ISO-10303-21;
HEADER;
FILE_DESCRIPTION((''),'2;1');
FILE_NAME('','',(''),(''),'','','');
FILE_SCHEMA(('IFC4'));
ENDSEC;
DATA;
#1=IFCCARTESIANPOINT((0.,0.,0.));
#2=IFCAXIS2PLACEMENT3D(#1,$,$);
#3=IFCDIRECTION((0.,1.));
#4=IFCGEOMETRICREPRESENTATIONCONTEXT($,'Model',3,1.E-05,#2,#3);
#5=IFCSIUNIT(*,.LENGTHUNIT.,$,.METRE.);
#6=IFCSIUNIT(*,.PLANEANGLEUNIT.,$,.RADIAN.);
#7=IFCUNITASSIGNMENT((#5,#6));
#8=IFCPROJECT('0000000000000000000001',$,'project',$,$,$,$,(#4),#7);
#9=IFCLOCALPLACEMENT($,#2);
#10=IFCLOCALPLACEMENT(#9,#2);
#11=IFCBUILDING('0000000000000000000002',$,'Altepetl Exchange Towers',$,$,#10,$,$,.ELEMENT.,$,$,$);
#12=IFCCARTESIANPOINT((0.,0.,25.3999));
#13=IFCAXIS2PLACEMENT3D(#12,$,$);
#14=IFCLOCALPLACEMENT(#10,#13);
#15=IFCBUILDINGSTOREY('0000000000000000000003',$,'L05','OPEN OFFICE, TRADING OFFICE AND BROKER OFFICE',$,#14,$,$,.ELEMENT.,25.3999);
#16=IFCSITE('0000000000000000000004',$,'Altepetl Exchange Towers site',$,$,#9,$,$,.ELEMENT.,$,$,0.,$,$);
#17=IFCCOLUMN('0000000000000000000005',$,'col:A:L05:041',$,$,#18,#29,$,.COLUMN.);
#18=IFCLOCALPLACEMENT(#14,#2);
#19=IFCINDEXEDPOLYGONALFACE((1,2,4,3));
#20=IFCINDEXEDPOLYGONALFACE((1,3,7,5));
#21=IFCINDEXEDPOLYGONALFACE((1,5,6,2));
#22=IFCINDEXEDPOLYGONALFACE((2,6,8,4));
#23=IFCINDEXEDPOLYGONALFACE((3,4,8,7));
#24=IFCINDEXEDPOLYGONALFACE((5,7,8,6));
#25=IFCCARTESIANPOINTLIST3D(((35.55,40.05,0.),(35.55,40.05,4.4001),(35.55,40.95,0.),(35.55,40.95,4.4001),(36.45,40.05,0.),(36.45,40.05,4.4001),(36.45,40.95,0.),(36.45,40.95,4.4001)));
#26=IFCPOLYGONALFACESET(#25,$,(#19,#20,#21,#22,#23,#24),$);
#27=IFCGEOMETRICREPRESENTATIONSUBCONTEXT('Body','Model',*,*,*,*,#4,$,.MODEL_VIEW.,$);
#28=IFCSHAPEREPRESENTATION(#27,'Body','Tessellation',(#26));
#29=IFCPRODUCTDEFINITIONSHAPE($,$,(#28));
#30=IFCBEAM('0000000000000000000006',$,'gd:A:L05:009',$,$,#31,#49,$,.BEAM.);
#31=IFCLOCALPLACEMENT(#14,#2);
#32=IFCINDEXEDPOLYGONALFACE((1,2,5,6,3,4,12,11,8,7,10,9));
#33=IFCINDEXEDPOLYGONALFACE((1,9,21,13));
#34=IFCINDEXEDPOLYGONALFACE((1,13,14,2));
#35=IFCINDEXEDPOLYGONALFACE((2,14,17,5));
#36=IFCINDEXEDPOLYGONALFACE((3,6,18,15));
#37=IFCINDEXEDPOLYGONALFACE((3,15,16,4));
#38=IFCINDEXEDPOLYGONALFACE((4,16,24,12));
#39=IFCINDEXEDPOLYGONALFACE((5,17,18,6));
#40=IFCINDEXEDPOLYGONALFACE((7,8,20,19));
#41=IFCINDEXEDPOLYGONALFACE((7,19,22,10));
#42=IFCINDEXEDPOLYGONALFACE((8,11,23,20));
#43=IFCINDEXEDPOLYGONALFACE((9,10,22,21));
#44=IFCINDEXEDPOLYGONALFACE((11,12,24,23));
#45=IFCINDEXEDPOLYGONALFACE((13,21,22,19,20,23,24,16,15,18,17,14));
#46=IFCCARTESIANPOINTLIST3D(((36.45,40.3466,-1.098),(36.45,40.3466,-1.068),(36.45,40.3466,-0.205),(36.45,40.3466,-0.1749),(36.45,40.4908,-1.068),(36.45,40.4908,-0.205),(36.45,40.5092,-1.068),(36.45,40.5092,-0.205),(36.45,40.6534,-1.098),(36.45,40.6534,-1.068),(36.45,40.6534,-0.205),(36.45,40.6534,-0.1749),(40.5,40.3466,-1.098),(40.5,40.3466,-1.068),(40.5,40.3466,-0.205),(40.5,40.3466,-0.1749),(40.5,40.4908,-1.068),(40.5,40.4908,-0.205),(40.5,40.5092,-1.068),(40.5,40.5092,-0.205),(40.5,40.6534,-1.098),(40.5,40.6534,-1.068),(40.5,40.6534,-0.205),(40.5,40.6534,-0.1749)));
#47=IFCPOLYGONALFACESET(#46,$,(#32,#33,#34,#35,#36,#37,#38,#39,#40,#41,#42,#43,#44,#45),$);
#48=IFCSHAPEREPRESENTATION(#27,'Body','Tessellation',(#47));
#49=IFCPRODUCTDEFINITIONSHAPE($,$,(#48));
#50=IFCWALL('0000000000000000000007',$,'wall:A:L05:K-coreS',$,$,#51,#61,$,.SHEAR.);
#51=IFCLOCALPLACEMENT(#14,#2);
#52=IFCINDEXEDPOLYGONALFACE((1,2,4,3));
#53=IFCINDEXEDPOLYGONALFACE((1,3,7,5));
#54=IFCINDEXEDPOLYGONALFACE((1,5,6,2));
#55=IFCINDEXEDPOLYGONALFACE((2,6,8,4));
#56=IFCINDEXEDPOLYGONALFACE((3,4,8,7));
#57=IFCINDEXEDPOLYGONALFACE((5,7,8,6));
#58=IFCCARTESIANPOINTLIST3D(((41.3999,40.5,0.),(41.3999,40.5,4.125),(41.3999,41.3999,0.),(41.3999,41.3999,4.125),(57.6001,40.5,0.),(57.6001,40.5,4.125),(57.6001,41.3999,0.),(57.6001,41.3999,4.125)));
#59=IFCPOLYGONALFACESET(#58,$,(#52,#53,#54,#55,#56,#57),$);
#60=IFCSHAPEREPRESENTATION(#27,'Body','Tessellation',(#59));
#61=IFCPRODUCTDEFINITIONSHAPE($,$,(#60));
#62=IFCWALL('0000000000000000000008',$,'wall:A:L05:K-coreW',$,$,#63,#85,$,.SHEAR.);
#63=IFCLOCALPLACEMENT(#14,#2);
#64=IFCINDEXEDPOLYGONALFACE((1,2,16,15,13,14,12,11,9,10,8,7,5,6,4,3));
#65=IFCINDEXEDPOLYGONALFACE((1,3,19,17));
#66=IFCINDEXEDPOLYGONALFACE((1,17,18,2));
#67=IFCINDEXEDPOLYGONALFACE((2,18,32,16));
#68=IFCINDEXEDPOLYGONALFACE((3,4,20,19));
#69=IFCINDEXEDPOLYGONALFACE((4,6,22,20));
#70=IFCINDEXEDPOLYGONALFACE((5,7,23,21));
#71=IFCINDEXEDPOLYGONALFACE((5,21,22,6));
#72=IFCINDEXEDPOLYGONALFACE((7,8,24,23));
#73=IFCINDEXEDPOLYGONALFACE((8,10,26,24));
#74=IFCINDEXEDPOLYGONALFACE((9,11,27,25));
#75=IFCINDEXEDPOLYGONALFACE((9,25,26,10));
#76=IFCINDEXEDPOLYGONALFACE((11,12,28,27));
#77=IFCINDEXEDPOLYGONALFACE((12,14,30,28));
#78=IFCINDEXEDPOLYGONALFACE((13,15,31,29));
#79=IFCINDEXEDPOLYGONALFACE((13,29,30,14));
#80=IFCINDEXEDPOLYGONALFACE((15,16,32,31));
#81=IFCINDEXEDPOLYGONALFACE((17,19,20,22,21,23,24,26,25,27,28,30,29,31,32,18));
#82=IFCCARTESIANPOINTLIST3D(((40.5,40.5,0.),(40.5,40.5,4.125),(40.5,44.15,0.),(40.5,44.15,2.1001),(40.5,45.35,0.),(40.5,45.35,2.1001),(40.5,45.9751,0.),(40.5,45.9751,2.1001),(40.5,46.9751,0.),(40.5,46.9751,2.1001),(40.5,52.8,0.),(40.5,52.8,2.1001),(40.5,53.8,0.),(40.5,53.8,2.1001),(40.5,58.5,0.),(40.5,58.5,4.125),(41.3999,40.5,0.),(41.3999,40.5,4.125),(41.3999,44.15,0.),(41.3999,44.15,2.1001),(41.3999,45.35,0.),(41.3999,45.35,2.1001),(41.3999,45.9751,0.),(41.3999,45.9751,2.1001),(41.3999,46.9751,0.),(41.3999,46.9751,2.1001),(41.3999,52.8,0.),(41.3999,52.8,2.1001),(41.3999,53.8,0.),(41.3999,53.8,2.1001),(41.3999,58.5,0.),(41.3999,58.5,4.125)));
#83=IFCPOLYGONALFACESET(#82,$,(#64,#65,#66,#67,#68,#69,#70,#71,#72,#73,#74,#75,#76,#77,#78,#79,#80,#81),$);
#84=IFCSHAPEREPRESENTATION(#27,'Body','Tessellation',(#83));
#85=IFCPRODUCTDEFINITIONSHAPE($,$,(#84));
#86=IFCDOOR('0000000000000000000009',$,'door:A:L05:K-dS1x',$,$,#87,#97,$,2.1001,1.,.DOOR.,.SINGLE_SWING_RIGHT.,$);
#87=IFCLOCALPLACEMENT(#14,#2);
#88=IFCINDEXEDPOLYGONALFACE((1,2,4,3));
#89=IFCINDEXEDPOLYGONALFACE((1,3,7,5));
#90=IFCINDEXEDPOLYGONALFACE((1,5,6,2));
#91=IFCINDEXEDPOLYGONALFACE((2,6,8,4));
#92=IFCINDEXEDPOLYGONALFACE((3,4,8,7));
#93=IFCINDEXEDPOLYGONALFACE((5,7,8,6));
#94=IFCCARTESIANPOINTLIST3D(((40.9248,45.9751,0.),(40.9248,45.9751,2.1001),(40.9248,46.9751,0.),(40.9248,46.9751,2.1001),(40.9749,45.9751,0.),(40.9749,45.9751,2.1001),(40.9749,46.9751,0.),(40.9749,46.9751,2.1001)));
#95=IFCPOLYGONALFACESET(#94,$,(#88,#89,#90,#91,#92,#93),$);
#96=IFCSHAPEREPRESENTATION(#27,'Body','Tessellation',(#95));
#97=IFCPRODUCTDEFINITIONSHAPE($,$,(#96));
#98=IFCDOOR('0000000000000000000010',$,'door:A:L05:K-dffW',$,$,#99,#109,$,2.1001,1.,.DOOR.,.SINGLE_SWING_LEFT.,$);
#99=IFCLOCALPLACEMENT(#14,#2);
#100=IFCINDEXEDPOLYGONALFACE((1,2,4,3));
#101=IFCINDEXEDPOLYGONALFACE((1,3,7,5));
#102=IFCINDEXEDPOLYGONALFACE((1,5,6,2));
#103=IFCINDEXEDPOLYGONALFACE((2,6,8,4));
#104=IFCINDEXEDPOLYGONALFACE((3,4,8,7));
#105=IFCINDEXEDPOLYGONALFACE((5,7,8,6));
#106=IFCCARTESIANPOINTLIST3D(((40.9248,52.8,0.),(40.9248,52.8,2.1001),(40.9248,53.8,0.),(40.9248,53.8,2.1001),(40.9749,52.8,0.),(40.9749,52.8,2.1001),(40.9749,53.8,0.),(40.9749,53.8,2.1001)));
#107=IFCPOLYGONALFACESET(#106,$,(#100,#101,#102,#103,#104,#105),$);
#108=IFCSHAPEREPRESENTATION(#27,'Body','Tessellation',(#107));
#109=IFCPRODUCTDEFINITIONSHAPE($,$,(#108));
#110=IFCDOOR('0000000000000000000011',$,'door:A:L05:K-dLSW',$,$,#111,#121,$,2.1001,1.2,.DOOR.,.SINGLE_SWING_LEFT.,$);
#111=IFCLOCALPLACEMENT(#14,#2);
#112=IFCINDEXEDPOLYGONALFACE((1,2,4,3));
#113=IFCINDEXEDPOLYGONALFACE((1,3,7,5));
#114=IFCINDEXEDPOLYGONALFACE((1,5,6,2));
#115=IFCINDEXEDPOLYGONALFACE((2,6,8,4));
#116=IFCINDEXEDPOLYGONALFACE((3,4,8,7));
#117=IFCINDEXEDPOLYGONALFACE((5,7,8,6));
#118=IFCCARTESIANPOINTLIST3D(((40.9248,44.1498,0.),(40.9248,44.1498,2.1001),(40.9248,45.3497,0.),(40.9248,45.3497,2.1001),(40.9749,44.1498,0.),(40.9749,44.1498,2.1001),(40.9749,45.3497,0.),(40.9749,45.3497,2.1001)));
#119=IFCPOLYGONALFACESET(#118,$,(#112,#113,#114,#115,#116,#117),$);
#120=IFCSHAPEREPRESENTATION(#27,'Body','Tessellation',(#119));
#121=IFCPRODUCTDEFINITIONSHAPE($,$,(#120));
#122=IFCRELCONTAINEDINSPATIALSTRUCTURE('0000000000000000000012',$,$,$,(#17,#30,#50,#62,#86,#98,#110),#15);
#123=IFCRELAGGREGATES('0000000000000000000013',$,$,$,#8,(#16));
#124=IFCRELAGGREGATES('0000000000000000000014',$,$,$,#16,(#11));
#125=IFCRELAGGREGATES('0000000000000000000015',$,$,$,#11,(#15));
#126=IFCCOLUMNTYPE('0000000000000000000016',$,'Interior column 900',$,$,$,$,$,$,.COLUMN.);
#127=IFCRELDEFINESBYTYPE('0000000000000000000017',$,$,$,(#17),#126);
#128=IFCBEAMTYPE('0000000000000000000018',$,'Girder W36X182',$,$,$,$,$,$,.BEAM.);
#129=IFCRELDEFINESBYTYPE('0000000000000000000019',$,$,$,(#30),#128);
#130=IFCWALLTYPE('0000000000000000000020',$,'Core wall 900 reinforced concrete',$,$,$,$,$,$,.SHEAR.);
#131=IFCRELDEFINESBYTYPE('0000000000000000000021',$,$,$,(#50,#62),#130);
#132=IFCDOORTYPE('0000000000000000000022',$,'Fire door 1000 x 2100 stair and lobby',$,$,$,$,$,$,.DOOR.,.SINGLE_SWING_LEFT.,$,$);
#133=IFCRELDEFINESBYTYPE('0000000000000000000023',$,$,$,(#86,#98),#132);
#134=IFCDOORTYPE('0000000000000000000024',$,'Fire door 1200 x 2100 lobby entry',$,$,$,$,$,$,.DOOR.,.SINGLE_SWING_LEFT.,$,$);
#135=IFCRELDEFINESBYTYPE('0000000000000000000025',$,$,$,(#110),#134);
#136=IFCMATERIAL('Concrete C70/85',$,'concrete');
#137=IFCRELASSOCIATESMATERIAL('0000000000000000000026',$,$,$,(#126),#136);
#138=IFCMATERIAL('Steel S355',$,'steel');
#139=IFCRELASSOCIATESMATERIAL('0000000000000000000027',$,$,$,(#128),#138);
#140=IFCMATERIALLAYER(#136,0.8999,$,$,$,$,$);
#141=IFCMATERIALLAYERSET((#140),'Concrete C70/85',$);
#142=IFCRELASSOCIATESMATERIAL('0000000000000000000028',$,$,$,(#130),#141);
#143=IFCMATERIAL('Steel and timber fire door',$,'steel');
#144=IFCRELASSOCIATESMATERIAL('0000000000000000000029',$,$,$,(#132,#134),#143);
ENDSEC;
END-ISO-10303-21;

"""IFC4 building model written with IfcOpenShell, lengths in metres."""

from ifc_helpers import new_model, si_unit, direction, frame, frame_2d, origin, origin_2d, place, context, subcontext, project, spatial, rectangle, i_section, extrude, material, layer, layer_set, material_profile, profile_set, type_object, element, fill, save


model = new_model("IFC4")

# Units and contexts
model_context = context("Model", 3, precision=1e-05, world=origin(), true_north=direction((0.0, 1.0)))
body_context = subcontext(model_context, "Body", "Model", "MODEL_VIEW")
ifc_project = project(units=[si_unit("LENGTHUNIT", "METRE"), si_unit("PLANEANGLEUNIT", "RADIAN")], contexts=[model_context])

# Site, building, storey
site_placement = place(None, origin())
site = spatial("IfcSite", under=ifc_project, at=site_placement, Name="Altepetl Exchange Towers site", CompositionType="ELEMENT", RefElevation=0.0)
building_placement = place(site_placement, origin())
building = spatial("IfcBuilding", under=site, at=building_placement, Name="Altepetl Exchange Towers", CompositionType="ELEMENT")
storey_placement = place(building_placement, frame((0.0, 0.0, 25.3999)))
storey = spatial("IfcBuildingStorey", under=building, at=storey_placement, Name="L05", Description="OPEN OFFICE, TRADING OFFICE AND BROKER OFFICE", CompositionType="ELEMENT", Elevation=25.3999)

# Column
ifc_material_1 = material(Name="Concrete C70/85", Category="concrete")
ifc_material_profile_1 = material_profile(ifc_material_1, rectangle(XDim=0.8999, YDim=0.8999, at=origin_2d()), Name="900 x 900")
ifc_profile_set_1 = profile_set([ifc_material_profile_1], Name="Concrete C70/85")
column_type = type_object("IfcColumnType", Name="Interior column 900", PredefinedType="COLUMN", material=ifc_profile_set_1)
column_placement = place(storey_placement, frame((36.0, 40.5, 0.0)))
element("IfcColumn", 1, at=column_placement, inside=storey, type_object=column_type, Name="col:A:L05:041", PredefinedType="COLUMN", context=body_context, shape_type="SweptSolid", body=[
    extrude(rectangle(XDim=0.8999, YDim=0.8999, at=origin_2d()), origin(), (0.0, 0.0, 1.0), 4.4001),
])

# Beam
ifc_material_2 = material(Name="Steel S355", Category="steel")
ifc_material_profile_2 = material_profile(ifc_material_2, i_section(OverallWidth=0.3069, OverallDepth=0.9231, WebThickness=0.0183, FlangeThickness=0.03, at=origin_2d()), Name="W36X182")
ifc_profile_set_2 = profile_set([ifc_material_profile_2], Name="Steel S355")
beam_type = type_object("IfcBeamType", Name="Girder W36X182", PredefinedType="BEAM", material=ifc_profile_set_2)
beam_placement = place(storey_placement, frame((40.5, 40.5, -0.6365), z_axis=(-1.0, 0.0, 0.0), x_axis=(0.0, -1.0, 0.0)))
element("IfcBeam", 2, at=beam_placement, inside=storey, type_object=beam_type, Name="gd:A:L05:009", PredefinedType="BEAM", context=body_context, shape_type="SweptSolid", body=[
    extrude(i_section(OverallWidth=0.3069, OverallDepth=0.9231, WebThickness=0.0183, FlangeThickness=0.03, at=origin_2d()), origin(), (0.0, 0.0, 1.0), 4.05),
])

# Wall
ifc_layer_1 = layer(ifc_material_1, 0.8999)
ifc_layer_set_1 = layer_set([ifc_layer_1], Name="Concrete C70/85")
wall_type_1 = type_object("IfcWallType", Name="Core wall 900 reinforced concrete", PredefinedType="SHEAR", material=ifc_layer_set_1)
wall_1_placement = place(storey_placement, frame((41.3999, 40.95, 0.0)))
element("IfcWall", 3, at=wall_1_placement, inside=storey, type_object=wall_type_1, Name="wall:A:L05:K-coreS", PredefinedType="SHEAR", context=body_context, shape_type="SweptSolid", body=[
    extrude(rectangle(XDim=16.2002, YDim=0.8999, at=frame_2d((8.1001, 0.0))), origin(), (0.0, 0.0, 1.0), 4.125),
])

# Wall, openings, doors
wall_2_placement = place(storey_placement, frame((40.95, 40.5, 0.0), z_axis=(0.0, 0.0, 1.0), x_axis=(0.0, 1.0, 0.0)))
wall_2 = element("IfcWall", 4, at=wall_2_placement, inside=storey, type_object=wall_type_1, Name="wall:A:L05:K-coreW", PredefinedType="SHEAR", context=body_context, shape_type="SweptSolid", body=[
    extrude(rectangle(XDim=18.0, YDim=0.8999, at=frame_2d((9.0, 0.0))), origin(), (0.0, 0.0, 1.0), 4.125),
])
opening_1_placement = place(wall_2_placement, frame((3.6499, 0.0, 0.0)))
opening_1 = element("IfcOpeningElement", 5, at=opening_1_placement, cuts=wall_2, PredefinedType="OPENING", context=body_context, shape_type="SweptSolid", body=[
    extrude(rectangle(XDim=1.2, YDim=2.1001, at=frame_2d((0.6001, 1.05))), frame((0.0, 0.46, 0.0), z_axis=(0.0, -1.0, 0.0), x_axis=(1.0, 0.0, 0.0)), (0.0, 0.0, 1.0), 0.9199),
])
opening_2_placement = place(wall_2_placement, frame((5.4751, 0.0, 0.0)))
opening_2 = element("IfcOpeningElement", 6, at=opening_2_placement, cuts=wall_2, PredefinedType="OPENING", context=body_context, shape_type="SweptSolid", body=[
    extrude(rectangle(XDim=1.0, YDim=2.1001, at=frame_2d((0.5, 1.05))), frame((0.0, 0.46, 0.0), z_axis=(0.0, -1.0, 0.0), x_axis=(1.0, 0.0, 0.0)), (0.0, 0.0, 1.0), 0.9199),
])
opening_3_placement = place(wall_2_placement, frame((12.3, 0.0, 0.0)))
opening_3 = element("IfcOpeningElement", 7, at=opening_3_placement, cuts=wall_2, PredefinedType="OPENING", context=body_context, shape_type="SweptSolid", body=[
    extrude(rectangle(XDim=1.0, YDim=2.1001, at=frame_2d((0.5, 1.05))), frame((0.0, 0.46, 0.0), z_axis=(0.0, -1.0, 0.0), x_axis=(1.0, 0.0, 0.0)), (0.0, 0.0, 1.0), 0.9199),
])
ifc_material_3 = material(Name="Steel and timber fire door", Category="steel")
door_type_1 = type_object("IfcDoorType", Name="Fire door 1000 x 2100 stair and lobby", OperationType="SINGLE_SWING_LEFT", PredefinedType="DOOR", material=ifc_material_3)
door_1_placement = place(opening_2_placement, frame((1.0, 0.0, 0.0), x_axis=(-1.0, 0.0, 0.0)))
door_1 = element("IfcDoor", 8, at=door_1_placement, inside=storey, type_object=door_type_1, Name="door:A:L05:K-dS1x", OperationType="SINGLE_SWING_RIGHT", OverallHeight=2.1001, OverallWidth=1.0, PredefinedType="DOOR", context=body_context, shape_type="SweptSolid", body=[
    extrude(rectangle(XDim=1.0, YDim=2.1001, at=frame_2d((0.5, 1.05))), frame((0.0, 0.0249, 0.0), z_axis=(0.0, -1.0, 0.0), x_axis=(1.0, 0.0, 0.0)), (0.0, 0.0, 1.0), 0.05),
])
fill(opening_2, door_1)
door_2_placement = place(opening_3_placement, frame((1.0, 0.0, 0.0), x_axis=(-1.0, 0.0, 0.0)))
door_2 = element("IfcDoor", 9, at=door_2_placement, inside=storey, type_object=door_type_1, Name="door:A:L05:K-dffW", OperationType="SINGLE_SWING_LEFT", OverallHeight=2.1001, OverallWidth=1.0, PredefinedType="DOOR", context=body_context, shape_type="SweptSolid", body=[
    extrude(rectangle(XDim=1.0, YDim=2.1001, at=frame_2d((0.5, 1.05))), frame((0.0, 0.0249, 0.0), z_axis=(0.0, -1.0, 0.0), x_axis=(1.0, 0.0, 0.0)), (0.0, 0.0, 1.0), 0.05),
])
fill(opening_3, door_2)
door_type_2 = type_object("IfcDoorType", Name="Fire door 1200 x 2100 lobby entry", OperationType="SINGLE_SWING_LEFT", PredefinedType="DOOR", material=ifc_material_3)
door_3_placement = place(opening_1_placement, frame((1.2, 0.0, 0.0), x_axis=(-1.0, 0.0, 0.0)))
door_3 = element("IfcDoor", 10, at=door_3_placement, inside=storey, type_object=door_type_2, Name="door:A:L05:K-dLSW", OperationType="SINGLE_SWING_LEFT", OverallHeight=2.1001, OverallWidth=1.2, PredefinedType="DOOR", context=body_context, shape_type="SweptSolid", body=[
    extrude(rectangle(XDim=1.2, YDim=2.1001, at=frame_2d((0.6001, 1.05))), frame((0.0, 0.0249, 0.0), z_axis=(0.0, -1.0, 0.0), x_axis=(1.0, 0.0, 0.0)), (0.0, 0.0, 1.0), 0.05),
])
fill(opening_1, door_3)

save(model, "model.ifc")
